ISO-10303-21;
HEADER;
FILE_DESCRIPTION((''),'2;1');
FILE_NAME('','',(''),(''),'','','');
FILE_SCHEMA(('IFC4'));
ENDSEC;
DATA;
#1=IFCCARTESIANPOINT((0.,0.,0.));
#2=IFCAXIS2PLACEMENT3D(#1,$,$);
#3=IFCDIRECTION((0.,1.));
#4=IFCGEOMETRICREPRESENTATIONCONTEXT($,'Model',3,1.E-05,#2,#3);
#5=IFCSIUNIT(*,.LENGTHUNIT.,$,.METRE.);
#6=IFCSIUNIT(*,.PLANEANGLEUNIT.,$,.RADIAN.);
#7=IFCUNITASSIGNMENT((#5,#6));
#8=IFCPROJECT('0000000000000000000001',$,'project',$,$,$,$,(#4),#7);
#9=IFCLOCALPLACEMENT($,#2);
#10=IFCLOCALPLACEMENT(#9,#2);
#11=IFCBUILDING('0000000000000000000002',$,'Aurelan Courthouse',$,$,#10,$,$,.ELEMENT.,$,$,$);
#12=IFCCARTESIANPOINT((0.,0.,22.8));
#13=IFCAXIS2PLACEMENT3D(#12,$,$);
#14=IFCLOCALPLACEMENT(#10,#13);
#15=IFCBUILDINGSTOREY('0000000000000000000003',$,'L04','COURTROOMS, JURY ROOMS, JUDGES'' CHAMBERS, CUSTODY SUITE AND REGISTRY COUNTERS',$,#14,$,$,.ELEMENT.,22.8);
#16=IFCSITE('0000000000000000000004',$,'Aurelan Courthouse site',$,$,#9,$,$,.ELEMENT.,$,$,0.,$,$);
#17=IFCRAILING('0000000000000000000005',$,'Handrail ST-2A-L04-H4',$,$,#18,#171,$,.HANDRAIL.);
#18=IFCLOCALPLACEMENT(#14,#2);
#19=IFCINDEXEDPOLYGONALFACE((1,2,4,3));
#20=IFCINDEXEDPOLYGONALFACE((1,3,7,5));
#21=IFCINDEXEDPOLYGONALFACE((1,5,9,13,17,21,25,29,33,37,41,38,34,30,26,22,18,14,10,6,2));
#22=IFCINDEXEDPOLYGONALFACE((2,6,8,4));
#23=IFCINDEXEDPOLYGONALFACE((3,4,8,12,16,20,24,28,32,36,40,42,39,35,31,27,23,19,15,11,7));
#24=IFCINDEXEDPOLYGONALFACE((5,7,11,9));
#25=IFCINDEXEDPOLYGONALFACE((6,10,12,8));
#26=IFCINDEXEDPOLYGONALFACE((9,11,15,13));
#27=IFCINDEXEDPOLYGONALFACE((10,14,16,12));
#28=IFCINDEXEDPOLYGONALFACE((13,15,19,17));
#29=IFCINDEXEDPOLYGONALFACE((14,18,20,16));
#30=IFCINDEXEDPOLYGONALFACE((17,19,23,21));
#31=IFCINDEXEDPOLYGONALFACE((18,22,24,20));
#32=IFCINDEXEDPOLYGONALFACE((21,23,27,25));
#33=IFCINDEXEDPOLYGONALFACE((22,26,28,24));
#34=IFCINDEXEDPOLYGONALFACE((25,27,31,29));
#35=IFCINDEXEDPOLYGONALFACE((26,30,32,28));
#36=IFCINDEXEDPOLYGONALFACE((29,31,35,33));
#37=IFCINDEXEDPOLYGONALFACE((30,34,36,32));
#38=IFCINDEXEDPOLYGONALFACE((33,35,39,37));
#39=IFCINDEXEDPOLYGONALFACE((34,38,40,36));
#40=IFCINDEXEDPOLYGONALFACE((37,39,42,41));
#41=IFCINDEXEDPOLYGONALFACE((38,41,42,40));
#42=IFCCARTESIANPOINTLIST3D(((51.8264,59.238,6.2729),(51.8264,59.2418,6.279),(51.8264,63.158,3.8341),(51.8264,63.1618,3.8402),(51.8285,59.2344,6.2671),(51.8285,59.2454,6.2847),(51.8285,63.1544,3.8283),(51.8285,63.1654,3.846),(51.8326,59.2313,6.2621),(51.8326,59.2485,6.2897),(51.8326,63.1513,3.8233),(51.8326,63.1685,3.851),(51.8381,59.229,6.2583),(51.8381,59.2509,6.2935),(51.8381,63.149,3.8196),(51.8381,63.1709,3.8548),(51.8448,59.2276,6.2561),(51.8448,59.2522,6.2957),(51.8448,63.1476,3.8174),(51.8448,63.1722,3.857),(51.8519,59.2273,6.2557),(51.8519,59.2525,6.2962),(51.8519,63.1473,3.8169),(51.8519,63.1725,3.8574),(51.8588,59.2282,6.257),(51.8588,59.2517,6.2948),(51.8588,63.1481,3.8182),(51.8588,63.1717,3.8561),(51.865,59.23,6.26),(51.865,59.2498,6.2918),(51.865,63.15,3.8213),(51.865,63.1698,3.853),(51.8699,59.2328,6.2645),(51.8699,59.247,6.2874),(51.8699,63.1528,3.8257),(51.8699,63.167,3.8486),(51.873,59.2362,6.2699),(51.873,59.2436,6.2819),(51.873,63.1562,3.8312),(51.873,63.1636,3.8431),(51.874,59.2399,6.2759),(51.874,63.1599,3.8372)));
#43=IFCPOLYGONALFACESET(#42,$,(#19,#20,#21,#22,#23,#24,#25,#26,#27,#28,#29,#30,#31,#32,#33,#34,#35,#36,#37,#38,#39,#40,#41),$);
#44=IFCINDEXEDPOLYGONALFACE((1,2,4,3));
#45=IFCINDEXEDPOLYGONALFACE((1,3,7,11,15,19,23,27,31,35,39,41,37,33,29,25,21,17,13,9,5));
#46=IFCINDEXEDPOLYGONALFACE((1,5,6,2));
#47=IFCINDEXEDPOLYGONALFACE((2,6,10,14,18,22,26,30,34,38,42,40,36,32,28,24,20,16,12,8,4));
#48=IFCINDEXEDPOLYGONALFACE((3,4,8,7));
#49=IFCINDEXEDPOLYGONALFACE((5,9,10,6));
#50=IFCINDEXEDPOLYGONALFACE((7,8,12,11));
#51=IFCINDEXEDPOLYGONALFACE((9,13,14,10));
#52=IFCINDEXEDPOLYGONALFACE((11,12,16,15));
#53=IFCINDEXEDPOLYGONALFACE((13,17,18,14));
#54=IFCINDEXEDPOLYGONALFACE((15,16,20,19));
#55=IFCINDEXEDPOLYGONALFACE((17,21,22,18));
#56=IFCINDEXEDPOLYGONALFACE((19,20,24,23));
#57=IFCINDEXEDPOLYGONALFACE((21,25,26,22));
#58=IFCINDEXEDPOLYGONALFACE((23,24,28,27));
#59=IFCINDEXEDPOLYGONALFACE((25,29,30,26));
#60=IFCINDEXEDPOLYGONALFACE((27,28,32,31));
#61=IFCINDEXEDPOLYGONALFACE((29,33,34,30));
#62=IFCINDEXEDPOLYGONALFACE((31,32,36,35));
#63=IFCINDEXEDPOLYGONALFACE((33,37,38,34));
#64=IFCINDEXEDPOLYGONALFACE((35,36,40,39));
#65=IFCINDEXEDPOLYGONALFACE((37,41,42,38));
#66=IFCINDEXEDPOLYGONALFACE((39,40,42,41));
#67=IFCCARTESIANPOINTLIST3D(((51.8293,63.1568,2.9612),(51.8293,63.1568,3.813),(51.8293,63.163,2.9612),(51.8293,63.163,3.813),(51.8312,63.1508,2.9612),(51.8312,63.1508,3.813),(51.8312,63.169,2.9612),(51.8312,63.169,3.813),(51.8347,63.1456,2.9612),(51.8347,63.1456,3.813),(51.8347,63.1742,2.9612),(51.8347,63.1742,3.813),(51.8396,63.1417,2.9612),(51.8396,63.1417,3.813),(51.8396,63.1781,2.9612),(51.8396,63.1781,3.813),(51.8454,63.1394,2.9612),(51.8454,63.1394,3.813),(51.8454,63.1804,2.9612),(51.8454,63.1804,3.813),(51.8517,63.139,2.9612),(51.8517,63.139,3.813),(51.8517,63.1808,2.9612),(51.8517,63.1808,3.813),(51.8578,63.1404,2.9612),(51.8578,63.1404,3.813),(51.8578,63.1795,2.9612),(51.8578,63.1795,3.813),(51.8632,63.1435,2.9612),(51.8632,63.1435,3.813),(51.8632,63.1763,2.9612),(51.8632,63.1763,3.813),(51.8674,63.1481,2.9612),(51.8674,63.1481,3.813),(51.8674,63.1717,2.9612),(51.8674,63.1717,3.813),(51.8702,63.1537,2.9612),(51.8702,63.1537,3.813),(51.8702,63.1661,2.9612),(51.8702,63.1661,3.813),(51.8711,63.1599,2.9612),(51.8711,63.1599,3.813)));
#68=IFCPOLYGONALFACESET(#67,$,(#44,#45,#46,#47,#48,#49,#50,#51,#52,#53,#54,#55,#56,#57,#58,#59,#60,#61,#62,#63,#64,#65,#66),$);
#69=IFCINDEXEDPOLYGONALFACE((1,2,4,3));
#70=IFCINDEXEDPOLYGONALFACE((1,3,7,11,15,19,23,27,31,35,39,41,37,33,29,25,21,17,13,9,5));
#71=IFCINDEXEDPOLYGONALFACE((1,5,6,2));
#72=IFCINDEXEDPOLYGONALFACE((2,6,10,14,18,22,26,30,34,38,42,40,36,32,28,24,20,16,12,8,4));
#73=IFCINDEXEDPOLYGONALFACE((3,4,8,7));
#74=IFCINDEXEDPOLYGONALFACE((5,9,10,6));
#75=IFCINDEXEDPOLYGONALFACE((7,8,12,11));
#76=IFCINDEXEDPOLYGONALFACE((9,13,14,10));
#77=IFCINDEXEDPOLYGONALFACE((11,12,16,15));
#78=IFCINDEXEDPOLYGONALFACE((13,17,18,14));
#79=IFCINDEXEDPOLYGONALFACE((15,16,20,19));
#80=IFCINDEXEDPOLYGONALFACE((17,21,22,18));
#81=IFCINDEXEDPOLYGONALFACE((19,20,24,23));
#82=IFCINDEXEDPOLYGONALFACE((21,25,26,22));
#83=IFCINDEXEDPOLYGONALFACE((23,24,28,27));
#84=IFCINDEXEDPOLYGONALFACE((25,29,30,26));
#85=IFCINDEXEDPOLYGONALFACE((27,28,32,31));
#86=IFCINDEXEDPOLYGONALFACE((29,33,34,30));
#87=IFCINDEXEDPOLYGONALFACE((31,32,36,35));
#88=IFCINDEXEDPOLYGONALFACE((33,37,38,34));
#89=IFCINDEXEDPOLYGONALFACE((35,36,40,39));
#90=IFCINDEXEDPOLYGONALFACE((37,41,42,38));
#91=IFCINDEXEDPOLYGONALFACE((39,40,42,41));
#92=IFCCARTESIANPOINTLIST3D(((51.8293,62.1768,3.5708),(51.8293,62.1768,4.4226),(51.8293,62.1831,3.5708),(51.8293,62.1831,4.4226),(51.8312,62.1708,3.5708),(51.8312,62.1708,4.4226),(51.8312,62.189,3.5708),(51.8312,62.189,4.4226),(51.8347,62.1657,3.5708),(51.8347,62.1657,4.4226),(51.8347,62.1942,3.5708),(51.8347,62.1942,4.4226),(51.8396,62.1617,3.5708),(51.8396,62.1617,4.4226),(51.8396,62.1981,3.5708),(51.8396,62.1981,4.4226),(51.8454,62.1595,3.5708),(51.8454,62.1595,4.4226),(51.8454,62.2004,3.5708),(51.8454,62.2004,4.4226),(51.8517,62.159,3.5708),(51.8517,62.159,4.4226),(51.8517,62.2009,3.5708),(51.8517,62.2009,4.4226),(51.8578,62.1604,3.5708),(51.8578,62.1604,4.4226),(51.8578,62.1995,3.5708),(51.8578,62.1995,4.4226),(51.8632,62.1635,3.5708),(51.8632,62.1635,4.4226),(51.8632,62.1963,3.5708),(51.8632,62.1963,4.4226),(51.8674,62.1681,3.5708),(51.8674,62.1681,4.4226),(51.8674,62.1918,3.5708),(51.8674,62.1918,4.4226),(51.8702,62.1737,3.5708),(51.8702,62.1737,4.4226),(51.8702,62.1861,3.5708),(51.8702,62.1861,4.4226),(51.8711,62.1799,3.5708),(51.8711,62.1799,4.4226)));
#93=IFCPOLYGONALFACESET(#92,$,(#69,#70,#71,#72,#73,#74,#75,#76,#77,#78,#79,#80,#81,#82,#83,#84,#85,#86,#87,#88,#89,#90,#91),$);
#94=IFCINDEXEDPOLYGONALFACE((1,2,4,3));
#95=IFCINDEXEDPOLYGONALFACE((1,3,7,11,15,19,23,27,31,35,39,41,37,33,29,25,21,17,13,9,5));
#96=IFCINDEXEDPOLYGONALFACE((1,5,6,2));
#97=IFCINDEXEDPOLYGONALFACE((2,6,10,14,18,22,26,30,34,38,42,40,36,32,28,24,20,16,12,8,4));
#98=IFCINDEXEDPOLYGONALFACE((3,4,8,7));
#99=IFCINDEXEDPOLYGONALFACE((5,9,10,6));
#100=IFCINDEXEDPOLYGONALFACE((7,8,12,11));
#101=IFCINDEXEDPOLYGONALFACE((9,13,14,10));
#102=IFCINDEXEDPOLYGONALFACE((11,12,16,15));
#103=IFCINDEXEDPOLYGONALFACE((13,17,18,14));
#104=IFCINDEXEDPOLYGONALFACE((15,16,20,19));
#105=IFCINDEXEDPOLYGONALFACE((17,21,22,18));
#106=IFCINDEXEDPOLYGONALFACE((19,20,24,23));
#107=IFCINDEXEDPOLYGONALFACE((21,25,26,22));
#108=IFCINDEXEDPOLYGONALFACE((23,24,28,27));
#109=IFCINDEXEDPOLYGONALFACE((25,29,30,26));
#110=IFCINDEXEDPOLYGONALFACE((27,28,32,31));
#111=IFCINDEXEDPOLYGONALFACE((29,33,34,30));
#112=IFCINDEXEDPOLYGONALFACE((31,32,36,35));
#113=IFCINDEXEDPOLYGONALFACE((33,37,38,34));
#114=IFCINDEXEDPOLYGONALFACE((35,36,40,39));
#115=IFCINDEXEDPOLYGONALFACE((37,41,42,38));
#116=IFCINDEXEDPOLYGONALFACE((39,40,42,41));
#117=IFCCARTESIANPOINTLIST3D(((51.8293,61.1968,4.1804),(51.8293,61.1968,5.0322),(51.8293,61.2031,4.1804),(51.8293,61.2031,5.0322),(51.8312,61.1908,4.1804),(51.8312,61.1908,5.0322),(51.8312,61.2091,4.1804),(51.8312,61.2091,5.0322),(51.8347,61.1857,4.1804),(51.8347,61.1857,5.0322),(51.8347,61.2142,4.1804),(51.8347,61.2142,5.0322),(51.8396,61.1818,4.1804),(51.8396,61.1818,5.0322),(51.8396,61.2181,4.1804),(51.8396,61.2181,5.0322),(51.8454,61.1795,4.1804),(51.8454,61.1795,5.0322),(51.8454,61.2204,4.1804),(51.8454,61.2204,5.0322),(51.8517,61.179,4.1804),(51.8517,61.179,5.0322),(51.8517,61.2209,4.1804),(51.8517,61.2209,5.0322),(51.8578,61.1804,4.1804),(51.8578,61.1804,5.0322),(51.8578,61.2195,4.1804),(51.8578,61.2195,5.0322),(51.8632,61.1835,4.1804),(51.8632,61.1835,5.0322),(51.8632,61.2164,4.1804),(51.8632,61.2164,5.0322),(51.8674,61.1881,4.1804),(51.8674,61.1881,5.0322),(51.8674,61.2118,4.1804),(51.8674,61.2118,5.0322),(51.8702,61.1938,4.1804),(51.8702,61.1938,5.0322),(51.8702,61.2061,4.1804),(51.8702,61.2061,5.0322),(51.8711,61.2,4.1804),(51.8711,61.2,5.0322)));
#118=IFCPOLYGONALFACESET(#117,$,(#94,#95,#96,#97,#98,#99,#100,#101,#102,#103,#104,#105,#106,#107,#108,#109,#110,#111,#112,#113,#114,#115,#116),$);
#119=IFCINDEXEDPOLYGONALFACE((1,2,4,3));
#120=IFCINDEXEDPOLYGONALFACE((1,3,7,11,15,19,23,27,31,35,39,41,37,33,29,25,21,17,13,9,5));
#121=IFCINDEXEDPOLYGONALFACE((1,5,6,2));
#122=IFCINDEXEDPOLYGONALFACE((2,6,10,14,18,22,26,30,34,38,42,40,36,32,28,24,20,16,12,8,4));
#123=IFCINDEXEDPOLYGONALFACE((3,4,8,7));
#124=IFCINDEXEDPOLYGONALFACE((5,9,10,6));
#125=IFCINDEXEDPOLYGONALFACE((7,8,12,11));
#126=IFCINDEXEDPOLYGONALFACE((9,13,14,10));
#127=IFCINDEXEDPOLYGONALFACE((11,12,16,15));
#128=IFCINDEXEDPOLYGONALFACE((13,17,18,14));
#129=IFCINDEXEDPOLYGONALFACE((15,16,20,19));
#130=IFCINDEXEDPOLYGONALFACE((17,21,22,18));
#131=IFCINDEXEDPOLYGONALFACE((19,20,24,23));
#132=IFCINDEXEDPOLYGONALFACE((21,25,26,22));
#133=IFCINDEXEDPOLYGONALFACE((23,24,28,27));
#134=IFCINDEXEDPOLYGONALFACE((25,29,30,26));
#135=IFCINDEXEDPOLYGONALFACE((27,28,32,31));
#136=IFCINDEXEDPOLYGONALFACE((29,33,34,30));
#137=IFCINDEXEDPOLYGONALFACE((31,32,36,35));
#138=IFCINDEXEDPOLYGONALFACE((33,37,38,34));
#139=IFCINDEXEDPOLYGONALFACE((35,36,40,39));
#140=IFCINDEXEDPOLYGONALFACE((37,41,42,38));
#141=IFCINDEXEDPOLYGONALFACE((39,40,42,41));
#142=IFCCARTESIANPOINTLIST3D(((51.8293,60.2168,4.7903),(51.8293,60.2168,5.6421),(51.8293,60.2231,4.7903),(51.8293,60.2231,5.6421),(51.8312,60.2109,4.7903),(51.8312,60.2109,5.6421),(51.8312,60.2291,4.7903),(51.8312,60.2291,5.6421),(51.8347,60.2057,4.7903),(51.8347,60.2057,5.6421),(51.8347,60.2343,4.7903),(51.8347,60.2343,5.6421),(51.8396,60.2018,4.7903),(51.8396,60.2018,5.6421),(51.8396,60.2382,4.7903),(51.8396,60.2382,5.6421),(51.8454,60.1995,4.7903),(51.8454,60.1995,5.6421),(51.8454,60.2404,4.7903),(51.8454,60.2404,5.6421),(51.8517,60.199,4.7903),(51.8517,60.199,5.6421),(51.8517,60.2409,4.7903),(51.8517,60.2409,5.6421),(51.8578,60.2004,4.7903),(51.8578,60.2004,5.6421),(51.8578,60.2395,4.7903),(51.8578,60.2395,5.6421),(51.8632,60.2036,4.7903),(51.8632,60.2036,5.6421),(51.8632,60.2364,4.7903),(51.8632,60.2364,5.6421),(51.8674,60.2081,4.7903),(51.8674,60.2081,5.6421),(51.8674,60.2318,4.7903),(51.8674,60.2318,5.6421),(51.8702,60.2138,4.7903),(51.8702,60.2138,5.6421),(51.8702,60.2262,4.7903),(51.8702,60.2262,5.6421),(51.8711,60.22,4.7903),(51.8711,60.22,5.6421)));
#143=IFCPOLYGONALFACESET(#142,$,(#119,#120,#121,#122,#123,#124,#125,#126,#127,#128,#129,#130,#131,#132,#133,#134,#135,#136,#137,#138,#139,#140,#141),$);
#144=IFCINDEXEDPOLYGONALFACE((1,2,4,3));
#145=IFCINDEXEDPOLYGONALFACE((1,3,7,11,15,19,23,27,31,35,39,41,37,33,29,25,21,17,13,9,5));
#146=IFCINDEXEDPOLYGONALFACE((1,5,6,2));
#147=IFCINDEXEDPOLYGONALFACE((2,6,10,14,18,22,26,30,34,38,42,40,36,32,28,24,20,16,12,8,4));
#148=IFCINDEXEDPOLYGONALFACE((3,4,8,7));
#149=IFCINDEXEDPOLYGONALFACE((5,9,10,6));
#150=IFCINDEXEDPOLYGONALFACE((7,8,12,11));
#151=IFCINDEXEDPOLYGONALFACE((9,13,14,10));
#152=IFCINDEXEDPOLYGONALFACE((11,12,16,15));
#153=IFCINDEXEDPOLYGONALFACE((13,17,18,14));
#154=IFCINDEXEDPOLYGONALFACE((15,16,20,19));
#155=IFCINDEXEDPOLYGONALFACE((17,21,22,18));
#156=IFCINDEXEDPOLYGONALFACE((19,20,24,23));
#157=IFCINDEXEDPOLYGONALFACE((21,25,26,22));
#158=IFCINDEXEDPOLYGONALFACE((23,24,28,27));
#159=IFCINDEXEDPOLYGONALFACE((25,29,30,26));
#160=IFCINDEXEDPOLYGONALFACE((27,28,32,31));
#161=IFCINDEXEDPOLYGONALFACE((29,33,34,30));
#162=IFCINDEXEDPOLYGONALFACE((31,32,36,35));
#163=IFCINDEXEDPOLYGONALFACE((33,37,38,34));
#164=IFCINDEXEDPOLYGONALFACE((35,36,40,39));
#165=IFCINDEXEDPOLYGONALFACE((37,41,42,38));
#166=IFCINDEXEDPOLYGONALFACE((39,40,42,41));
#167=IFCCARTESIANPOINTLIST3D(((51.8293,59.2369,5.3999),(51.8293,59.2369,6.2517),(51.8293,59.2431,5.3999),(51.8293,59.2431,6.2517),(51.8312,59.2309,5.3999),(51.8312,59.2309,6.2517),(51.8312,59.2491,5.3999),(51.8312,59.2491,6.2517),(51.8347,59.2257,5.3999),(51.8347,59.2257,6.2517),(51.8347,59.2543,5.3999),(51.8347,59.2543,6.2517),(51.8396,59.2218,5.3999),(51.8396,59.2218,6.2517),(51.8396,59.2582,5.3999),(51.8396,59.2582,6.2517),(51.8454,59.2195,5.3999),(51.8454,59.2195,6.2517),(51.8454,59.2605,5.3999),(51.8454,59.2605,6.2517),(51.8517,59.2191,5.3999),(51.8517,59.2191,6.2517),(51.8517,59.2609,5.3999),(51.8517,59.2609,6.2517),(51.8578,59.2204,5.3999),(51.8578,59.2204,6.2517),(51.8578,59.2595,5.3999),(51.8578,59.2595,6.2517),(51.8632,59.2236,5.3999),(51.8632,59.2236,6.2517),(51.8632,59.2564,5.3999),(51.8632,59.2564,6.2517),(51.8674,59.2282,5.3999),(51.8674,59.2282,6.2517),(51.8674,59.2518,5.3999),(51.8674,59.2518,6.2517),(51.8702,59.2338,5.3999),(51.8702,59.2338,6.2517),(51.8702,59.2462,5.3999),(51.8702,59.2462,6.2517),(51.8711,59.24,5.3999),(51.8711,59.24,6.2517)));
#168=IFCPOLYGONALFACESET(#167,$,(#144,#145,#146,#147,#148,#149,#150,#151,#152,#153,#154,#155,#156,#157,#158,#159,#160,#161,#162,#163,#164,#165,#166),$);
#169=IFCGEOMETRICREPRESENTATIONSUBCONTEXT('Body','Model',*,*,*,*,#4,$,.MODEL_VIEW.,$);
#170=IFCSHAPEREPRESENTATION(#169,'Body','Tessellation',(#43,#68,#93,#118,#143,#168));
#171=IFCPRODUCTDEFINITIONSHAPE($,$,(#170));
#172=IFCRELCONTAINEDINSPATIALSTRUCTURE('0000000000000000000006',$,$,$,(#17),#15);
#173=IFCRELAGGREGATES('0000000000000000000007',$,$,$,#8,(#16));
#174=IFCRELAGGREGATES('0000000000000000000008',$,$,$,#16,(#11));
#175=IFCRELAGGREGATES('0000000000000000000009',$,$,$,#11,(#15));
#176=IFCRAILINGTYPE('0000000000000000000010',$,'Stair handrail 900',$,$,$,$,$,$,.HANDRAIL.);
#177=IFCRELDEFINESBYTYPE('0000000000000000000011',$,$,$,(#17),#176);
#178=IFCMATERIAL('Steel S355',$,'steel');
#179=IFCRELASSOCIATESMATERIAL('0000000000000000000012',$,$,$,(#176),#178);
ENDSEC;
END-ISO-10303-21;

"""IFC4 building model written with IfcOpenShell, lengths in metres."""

from ifc_helpers import new_model, si_unit, direction, frame, origin, origin_2d, place, context, subcontext, project, spatial, circle, extrude, material, type_object, element, save


model = new_model("IFC4")

# Units and contexts
model_context = context("Model", 3, precision=1e-05, world=origin(), true_north=direction((0.0, 1.0)))
body_context = subcontext(model_context, "Body", "Model", "MODEL_VIEW")
ifc_project = project(units=[si_unit("LENGTHUNIT", "METRE"), si_unit("PLANEANGLEUNIT", "RADIAN")], contexts=[model_context])

# Site, building, storey
site_placement = place(None, origin())
site = spatial("IfcSite", under=ifc_project, at=site_placement, Name="Aurelan Courthouse site", CompositionType="ELEMENT", RefElevation=0.0)
building_placement = place(site_placement, origin())
building = spatial("IfcBuilding", under=site, at=building_placement, Name="Aurelan Courthouse", CompositionType="ELEMENT")
storey_placement = place(building_placement, frame((0.0, 0.0, 22.8)))
storey = spatial("IfcBuildingStorey", under=building, at=storey_placement, Name="L04", Description="COURTROOMS, JURY ROOMS, JUDGES' CHAMBERS, CUSTODY SUITE AND REGISTRY COUNTERS", CompositionType="ELEMENT", Elevation=22.8)

# Railing
ifc_material_1 = material(Name="Steel S355", Category="steel")
railing_type_1 = type_object("IfcRailingType", Name="Stair handrail 900", PredefinedType="HANDRAIL", material=ifc_material_1)
for number, where, name in (
    (1, (51.8501, 63.1599, 2.9612), "Handrail ST-2A-L04-H4"),
):
    element("IfcRailing", number, at=place(storey_placement, frame(where)), inside=storey, type_object=railing_type_1, Name=name, PredefinedType="HANDRAIL", context=body_context, shape_type="SweptSolid", body=[
        extrude(circle(Radius=0.0239, at=origin_2d()), frame((0.0, 0.0, 0.876), z_axis=(0.0, -0.84909, 0.528249), x_axis=(1.0, 0.0, 0.0)), (0.0, 0.0, 1.0), 4.6167),
        extrude(circle(Radius=0.021, at=origin_2d()), origin(), (0.0, 0.0, 1.0), 0.8518),
        extrude(circle(Radius=0.021, at=origin_2d()), frame((0.0, -0.98, 0.6096)), (0.0, 0.0, 1.0), 0.8518),
        extrude(circle(Radius=0.021, at=origin_2d()), frame((0.0, -1.96, 1.2192)), (0.0, 0.0, 1.0), 0.8518),
        extrude(circle(Radius=0.021, at=origin_2d()), frame((0.0, -2.9399, 1.8291)), (0.0, 0.0, 1.0), 0.8518),
        extrude(circle(Radius=0.021, at=origin_2d()), frame((0.0, -3.9199, 2.4387)), (0.0, 0.0, 1.0), 0.8518),
    ])

save(model, "model.ifc")
